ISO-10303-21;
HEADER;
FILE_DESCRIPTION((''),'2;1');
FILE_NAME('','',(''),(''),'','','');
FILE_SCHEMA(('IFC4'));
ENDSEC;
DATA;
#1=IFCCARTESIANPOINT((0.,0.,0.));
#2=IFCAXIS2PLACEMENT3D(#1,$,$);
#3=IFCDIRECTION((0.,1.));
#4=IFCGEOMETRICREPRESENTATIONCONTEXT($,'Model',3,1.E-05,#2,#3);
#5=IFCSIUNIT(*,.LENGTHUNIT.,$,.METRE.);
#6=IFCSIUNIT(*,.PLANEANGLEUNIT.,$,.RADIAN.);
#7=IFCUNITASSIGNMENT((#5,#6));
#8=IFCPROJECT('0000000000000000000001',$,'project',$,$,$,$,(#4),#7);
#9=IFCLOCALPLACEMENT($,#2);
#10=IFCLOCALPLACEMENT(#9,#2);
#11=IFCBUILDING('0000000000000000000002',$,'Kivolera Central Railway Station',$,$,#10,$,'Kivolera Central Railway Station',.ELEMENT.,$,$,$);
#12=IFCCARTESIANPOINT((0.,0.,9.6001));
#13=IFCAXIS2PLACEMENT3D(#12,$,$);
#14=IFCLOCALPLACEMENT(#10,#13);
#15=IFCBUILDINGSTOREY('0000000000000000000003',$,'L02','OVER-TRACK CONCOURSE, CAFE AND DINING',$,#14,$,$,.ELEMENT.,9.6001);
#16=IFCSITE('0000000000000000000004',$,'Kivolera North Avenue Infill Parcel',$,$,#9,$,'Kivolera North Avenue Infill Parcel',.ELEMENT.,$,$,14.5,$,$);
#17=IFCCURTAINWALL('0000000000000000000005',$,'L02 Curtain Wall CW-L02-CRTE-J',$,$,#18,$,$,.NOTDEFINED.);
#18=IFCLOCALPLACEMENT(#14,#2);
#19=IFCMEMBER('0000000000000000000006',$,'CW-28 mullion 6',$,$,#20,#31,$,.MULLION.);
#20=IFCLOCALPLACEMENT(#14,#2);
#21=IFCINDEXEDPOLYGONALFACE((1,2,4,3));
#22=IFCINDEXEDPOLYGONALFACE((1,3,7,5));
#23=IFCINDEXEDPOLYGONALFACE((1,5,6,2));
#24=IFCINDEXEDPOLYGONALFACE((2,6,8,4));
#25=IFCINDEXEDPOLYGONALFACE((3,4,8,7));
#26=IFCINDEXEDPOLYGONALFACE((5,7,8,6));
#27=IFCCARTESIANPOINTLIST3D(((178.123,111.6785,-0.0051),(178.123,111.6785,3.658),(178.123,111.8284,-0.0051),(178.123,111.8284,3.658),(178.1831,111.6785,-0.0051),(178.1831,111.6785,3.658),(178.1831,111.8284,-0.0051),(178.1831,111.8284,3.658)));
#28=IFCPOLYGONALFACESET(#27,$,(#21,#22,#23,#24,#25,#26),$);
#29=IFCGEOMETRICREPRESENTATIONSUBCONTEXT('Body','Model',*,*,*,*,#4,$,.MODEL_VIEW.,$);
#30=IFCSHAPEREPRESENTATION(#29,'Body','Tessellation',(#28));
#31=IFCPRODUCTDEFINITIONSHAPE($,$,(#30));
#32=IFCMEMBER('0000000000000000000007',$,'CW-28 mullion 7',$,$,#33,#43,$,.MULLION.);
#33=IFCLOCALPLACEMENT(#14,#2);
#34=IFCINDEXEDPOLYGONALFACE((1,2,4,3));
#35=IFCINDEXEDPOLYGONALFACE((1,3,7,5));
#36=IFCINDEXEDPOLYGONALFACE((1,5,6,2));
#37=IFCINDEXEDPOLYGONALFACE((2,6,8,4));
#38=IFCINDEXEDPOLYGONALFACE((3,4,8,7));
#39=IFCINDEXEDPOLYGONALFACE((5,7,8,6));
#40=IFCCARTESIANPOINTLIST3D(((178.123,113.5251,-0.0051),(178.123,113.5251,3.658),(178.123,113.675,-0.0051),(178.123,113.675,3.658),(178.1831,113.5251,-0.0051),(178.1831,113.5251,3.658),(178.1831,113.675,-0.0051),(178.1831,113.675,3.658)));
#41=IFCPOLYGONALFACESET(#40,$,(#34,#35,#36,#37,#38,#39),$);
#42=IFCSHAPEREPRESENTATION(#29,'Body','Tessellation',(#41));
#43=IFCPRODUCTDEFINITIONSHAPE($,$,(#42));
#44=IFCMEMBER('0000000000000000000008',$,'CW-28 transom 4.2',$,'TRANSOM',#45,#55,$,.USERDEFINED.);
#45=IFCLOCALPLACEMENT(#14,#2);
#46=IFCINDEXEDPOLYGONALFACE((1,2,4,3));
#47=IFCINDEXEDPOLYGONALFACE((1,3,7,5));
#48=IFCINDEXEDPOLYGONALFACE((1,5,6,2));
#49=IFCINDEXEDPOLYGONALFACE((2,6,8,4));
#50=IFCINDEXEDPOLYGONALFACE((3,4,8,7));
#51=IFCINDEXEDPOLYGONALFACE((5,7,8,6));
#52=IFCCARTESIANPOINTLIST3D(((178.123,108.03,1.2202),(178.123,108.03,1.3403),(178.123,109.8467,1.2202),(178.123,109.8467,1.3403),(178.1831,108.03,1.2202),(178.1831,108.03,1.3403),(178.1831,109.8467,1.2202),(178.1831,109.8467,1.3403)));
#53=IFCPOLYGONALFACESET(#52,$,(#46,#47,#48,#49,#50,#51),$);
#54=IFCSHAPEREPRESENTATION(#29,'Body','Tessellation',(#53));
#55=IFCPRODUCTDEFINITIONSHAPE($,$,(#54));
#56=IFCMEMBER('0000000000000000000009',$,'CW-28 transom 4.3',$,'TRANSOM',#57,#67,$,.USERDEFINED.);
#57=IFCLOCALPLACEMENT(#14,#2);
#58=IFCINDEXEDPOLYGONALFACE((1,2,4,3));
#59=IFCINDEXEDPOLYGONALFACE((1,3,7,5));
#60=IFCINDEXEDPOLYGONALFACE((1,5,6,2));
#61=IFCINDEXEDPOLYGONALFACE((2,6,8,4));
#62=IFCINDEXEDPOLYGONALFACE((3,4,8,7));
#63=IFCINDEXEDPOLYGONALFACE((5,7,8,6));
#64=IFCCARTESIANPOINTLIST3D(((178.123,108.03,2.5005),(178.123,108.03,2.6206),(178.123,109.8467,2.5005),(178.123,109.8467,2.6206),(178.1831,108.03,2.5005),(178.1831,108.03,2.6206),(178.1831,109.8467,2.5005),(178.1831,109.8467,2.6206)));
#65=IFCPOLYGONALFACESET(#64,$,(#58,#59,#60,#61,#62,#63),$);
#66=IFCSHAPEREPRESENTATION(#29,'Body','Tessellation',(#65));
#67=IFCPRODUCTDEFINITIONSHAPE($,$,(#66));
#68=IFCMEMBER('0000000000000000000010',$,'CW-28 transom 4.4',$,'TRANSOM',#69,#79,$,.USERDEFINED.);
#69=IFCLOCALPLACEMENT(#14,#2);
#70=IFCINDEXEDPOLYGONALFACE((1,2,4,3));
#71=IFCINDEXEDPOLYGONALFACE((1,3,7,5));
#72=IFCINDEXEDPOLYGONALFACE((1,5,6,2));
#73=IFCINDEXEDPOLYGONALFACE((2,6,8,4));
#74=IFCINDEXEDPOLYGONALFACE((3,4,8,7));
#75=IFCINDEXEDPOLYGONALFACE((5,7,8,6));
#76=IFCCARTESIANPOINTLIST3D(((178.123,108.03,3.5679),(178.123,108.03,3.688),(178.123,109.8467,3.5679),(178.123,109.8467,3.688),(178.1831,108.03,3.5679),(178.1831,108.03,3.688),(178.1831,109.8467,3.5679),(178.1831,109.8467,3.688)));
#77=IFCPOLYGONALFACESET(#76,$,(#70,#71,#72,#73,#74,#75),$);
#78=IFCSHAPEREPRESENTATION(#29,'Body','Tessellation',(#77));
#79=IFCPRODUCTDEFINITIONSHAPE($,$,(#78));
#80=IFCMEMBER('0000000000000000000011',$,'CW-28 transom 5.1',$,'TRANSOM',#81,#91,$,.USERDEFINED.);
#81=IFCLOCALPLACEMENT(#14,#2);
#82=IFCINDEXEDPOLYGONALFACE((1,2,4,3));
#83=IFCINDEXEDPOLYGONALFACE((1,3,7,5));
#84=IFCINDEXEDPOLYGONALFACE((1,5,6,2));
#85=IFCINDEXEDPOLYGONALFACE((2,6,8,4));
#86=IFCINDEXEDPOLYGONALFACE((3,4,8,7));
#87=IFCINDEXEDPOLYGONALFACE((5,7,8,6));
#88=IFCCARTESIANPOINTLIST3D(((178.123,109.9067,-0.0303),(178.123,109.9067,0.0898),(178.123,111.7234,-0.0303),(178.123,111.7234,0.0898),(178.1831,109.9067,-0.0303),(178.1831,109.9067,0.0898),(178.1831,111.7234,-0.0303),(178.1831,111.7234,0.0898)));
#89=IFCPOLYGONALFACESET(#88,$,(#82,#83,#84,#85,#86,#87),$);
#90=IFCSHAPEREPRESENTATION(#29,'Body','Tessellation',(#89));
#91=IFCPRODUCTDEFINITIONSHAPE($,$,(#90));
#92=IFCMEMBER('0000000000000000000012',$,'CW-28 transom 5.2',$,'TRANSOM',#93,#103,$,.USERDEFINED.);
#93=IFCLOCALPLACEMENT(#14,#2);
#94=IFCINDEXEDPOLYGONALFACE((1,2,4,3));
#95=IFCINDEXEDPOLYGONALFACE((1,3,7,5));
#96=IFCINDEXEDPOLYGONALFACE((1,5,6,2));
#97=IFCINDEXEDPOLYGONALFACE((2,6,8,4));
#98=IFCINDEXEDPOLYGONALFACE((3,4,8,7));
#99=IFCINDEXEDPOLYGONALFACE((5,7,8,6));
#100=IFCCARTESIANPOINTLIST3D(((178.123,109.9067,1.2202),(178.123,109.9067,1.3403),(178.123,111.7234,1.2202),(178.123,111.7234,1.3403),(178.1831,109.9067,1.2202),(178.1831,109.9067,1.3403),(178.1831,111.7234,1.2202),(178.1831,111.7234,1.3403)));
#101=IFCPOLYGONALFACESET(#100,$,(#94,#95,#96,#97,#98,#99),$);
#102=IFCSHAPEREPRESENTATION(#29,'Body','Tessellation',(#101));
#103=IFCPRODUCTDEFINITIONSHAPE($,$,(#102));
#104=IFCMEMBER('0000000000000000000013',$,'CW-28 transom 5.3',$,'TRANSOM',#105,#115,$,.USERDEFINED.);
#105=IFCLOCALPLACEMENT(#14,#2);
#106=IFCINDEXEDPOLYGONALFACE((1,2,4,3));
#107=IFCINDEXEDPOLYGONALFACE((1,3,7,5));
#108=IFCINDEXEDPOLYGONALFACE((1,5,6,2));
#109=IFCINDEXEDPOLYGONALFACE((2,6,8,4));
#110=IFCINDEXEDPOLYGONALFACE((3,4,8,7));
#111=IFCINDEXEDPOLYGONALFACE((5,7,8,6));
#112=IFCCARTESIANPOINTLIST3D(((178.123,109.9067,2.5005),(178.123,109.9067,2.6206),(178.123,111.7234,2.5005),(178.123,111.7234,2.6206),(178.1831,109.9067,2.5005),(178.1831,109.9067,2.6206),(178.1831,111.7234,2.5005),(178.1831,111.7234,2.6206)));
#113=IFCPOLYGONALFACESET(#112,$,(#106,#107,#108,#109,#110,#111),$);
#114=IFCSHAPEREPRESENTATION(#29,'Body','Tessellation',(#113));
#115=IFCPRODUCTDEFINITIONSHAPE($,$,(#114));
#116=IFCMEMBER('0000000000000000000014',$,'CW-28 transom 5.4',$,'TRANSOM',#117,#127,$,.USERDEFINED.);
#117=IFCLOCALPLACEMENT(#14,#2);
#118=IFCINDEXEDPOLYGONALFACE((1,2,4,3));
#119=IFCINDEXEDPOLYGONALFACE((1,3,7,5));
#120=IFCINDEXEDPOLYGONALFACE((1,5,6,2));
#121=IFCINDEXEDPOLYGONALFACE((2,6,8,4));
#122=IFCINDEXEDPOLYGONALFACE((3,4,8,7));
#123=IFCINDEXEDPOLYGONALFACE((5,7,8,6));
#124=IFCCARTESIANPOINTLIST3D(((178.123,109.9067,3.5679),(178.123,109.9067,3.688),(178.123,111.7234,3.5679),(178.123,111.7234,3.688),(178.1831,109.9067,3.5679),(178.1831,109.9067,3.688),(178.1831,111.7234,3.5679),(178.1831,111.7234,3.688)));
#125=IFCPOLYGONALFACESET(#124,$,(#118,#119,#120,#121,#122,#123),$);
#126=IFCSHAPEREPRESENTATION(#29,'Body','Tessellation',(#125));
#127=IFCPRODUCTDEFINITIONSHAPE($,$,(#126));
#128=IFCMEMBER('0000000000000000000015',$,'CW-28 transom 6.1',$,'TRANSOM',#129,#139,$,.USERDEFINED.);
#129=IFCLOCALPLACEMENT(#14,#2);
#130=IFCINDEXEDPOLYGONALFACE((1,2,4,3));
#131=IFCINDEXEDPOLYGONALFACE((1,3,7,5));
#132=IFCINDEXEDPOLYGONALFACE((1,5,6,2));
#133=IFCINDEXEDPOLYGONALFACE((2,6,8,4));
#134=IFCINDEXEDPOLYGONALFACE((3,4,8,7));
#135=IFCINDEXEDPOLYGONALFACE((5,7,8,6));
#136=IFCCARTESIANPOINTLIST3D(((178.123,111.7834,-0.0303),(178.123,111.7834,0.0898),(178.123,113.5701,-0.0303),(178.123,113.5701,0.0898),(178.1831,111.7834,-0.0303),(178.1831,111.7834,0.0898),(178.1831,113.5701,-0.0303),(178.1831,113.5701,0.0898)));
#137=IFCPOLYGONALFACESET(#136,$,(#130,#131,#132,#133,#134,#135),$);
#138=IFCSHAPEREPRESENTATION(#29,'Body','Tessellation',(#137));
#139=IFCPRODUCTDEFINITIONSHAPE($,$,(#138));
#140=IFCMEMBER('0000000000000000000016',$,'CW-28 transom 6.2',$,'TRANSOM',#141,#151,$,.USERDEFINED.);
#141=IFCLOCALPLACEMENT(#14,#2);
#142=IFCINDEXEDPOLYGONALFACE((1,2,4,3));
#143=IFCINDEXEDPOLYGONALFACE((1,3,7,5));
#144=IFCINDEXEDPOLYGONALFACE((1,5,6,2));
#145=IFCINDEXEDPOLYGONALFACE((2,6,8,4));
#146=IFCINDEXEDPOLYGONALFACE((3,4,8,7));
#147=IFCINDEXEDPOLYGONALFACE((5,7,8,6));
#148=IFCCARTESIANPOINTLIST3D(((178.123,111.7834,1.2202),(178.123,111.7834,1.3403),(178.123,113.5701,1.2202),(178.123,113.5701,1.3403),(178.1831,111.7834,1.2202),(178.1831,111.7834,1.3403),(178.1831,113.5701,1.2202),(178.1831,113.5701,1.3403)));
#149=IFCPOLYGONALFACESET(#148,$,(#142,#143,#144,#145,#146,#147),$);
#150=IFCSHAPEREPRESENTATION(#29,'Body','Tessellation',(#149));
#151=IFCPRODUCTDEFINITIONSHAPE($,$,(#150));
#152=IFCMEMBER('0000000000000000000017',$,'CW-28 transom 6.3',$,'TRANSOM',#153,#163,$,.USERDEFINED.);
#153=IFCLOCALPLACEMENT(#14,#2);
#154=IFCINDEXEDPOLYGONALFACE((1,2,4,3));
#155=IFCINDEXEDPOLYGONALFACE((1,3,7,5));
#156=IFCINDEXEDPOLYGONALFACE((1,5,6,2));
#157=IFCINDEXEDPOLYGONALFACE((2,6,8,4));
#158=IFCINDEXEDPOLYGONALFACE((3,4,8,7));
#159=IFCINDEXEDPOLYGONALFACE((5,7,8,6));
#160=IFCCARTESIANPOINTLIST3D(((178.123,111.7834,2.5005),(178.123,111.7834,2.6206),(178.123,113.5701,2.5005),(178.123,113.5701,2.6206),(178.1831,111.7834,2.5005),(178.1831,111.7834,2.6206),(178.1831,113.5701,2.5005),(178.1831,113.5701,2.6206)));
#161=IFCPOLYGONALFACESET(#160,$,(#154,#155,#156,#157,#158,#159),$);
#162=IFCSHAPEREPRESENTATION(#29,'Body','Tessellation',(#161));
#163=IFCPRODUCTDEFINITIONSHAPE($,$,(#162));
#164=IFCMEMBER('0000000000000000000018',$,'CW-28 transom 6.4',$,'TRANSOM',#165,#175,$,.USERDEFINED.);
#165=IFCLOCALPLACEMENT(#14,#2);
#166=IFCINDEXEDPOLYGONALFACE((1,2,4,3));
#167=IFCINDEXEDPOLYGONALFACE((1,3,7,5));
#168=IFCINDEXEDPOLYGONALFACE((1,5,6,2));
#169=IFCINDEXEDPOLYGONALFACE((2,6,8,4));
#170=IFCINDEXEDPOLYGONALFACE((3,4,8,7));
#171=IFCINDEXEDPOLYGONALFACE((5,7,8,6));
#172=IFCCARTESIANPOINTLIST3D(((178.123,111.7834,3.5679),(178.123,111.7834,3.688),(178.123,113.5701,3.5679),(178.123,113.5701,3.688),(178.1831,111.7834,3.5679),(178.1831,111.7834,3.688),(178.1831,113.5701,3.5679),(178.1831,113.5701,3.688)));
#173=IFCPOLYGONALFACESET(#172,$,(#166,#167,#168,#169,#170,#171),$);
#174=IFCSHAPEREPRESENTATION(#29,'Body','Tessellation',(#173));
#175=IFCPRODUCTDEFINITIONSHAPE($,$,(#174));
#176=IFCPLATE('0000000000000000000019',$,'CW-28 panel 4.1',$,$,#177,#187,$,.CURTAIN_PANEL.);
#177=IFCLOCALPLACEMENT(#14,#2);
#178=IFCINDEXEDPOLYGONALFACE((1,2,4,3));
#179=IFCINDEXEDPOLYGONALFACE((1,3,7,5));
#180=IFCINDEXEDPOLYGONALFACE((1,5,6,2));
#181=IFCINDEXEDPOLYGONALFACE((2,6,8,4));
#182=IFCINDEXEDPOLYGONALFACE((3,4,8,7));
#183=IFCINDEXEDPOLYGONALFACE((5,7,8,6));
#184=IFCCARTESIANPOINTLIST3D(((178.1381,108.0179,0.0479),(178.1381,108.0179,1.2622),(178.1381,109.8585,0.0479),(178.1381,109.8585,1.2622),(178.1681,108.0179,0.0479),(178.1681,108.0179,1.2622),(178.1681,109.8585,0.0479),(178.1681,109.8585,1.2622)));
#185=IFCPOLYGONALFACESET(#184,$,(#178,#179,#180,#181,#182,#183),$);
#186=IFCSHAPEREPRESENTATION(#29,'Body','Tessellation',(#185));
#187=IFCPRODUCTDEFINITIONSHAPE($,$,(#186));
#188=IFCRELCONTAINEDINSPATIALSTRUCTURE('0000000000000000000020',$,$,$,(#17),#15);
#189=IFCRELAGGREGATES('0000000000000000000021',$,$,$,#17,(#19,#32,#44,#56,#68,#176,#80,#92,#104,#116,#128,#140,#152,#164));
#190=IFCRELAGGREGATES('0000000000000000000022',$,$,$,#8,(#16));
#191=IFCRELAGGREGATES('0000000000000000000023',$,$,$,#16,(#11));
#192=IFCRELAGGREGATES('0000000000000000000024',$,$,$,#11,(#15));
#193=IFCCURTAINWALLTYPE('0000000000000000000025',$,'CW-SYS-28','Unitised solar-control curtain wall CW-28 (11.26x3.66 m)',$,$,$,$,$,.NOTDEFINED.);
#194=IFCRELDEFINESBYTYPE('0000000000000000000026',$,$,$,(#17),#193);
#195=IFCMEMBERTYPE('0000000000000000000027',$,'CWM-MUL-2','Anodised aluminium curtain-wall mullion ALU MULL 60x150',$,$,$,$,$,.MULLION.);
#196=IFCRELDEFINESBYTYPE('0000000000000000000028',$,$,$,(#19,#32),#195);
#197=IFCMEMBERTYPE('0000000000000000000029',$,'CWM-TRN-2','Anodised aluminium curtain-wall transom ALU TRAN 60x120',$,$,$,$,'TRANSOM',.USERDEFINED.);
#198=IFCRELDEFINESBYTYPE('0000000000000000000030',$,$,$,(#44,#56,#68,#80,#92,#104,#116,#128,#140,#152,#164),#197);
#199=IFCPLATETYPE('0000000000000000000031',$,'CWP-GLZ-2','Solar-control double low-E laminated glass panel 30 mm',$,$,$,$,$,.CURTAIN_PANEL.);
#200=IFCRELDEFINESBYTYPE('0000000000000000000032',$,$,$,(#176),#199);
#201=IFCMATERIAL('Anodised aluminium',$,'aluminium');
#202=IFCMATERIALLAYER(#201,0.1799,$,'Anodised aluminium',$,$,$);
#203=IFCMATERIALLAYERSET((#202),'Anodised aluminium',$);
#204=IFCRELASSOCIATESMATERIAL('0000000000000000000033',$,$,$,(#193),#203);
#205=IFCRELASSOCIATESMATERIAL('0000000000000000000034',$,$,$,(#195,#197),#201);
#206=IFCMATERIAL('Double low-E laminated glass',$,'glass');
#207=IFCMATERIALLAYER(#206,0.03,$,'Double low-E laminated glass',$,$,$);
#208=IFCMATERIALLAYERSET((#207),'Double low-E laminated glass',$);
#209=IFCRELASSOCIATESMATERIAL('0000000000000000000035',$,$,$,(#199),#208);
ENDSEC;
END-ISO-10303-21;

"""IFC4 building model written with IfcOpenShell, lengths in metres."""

from ifc_helpers import new_model, si_unit, direction, frame, origin, origin_2d, place, context, subcontext, project, spatial, rectangle, extrude, material, layer, layer_set, material_profile, profile_set, type_object, element, aggregate, save


model = new_model("IFC4")

# Units and contexts
model_context = context("Model", 3, precision=1e-05, world=origin(), true_north=direction((0.0, 1.0)))
body_context = subcontext(model_context, "Body", "Model", "MODEL_VIEW")
ifc_project = project(units=[si_unit("LENGTHUNIT", "METRE"), si_unit("PLANEANGLEUNIT", "RADIAN")], contexts=[model_context])

# Site, building, storey
site_placement = place(None, origin())
site = spatial("IfcSite", under=ifc_project, at=site_placement, Name="Kivolera North Avenue Infill Parcel", LongName="Kivolera North Avenue Infill Parcel", CompositionType="ELEMENT", RefElevation=14.5)
building_placement = place(site_placement, origin())
building = spatial("IfcBuilding", under=site, at=building_placement, Name="Kivolera Central Railway Station", LongName="Kivolera Central Railway Station", CompositionType="ELEMENT")
storey_placement = place(building_placement, frame((0.0, 0.0, 9.6001)))
storey = spatial("IfcBuildingStorey", under=building, at=storey_placement, Name="L02", Description="OVER-TRACK CONCOURSE, CAFE AND DINING", CompositionType="ELEMENT", Elevation=9.6001)

# Curtain wall, members, plate
ifc_material_1 = material(Name="Anodised aluminium", Category="aluminium")
ifc_layer_1 = layer(ifc_material_1, 0.1799, Name="Anodised aluminium")
ifc_layer_set_1 = layer_set([ifc_layer_1], Name="Anodised aluminium")
curtain_wall_type = type_object("IfcCurtainWallType", Name="CW-SYS-28", Description="Unitised solar-control curtain wall CW-28 (11.26x3.66 m)", PredefinedType="NOTDEFINED", material=ifc_layer_set_1)
curtain_wall_placement = place(storey_placement, origin())
curtain_wall = element("IfcCurtainWall", 1, at=curtain_wall_placement, inside=storey, type_object=curtain_wall_type, Name="L02 Curtain Wall CW-L02-CRTE-J", PredefinedType="NOTDEFINED")
ifc_material_profile_1 = material_profile(ifc_material_1, rectangle(XDim=0.0601, YDim=0.1499, at=origin_2d()), Name="ALU MULL 60x150")
ifc_profile_set_1 = profile_set([ifc_material_profile_1], Name="Anodised aluminium")
member_type_1 = type_object("IfcMemberType", Name="CWM-MUL-2", Description="Anodised aluminium curtain-wall mullion ALU MULL 60x150", PredefinedType="MULLION", material=ifc_profile_set_1)
member_1_placement = place(storey_placement, frame((178.1531, 111.7534, -0.0051), z_axis=(0.0, 0.0, 1.0), x_axis=(-1.0, 0.0, 0.0)))
member_1 = element("IfcMember", 2, at=member_1_placement, type_object=member_type_1, Name="CW-28 mullion 6", PredefinedType="MULLION", context=body_context, shape_type="SweptSolid", body=[
    extrude(rectangle(XDim=0.0601, YDim=0.1499, at=origin_2d()), origin(), (0.0, 0.0, 1.0), 3.6631),
])
member_2_placement = place(storey_placement, frame((178.1531, 113.6001, -0.0051), z_axis=(0.0, 0.0, 1.0), x_axis=(-1.0, 0.0, 0.0)))
member_2 = element("IfcMember", 3, at=member_2_placement, type_object=member_type_1, Name="CW-28 mullion 7", PredefinedType="MULLION", context=body_context, shape_type="SweptSolid", body=[
    extrude(rectangle(XDim=0.0601, YDim=0.1499, at=origin_2d()), origin(), (0.0, 0.0, 1.0), 3.6631),
])
ifc_material_profile_2 = material_profile(ifc_material_1, rectangle(XDim=0.0601, YDim=0.1201, at=origin_2d()), Name="ALU TRAN 60x120")
ifc_profile_set_2 = profile_set([ifc_material_profile_2], Name="Anodised aluminium")
member_type_2 = type_object("IfcMemberType", Name="CWM-TRN-2", Description="Anodised aluminium curtain-wall transom ALU TRAN 60x120", ElementType="TRANSOM", PredefinedType="USERDEFINED", material=ifc_profile_set_2)
member_3_placement = place(storey_placement, frame((178.1531, 108.03, 1.2803), z_axis=(0.0, 1.0, 0.0), x_axis=(-1.0, 0.0, 0.0)))
member_3 = element("IfcMember", 4, at=member_3_placement, type_object=member_type_2, Name="CW-28 transom 4.2", ObjectType="TRANSOM", PredefinedType="USERDEFINED", context=body_context, shape_type="SweptSolid", body=[
    extrude(rectangle(XDim=0.0601, YDim=0.1201, at=origin_2d()), origin(), (0.0, 0.0, 1.0), 1.8167),
])
member_4_placement = place(storey_placement, frame((178.1531, 108.03, 2.5605), z_axis=(0.0, 1.0, 0.0), x_axis=(-1.0, 0.0, 0.0)))
member_4 = element("IfcMember", 5, at=member_4_placement, type_object=member_type_2, Name="CW-28 transom 4.3", ObjectType="TRANSOM", PredefinedType="USERDEFINED", context=body_context, shape_type="SweptSolid", body=[
    extrude(rectangle(XDim=0.0601, YDim=0.1201, at=origin_2d()), origin(), (0.0, 0.0, 1.0), 1.8167),
])
member_5_placement = place(storey_placement, frame((178.1531, 108.03, 3.6279), z_axis=(0.0, 1.0, 0.0), x_axis=(-1.0, 0.0, 0.0)))
member_5 = element("IfcMember", 6, at=member_5_placement, type_object=member_type_2, Name="CW-28 transom 4.4", ObjectType="TRANSOM", PredefinedType="USERDEFINED", context=body_context, shape_type="SweptSolid", body=[
    extrude(rectangle(XDim=0.0601, YDim=0.1201, at=origin_2d()), origin(), (0.0, 0.0, 1.0), 1.8167),
])
member_6_placement = place(storey_placement, frame((178.1531, 109.9067, 0.0298), z_axis=(0.0, 1.0, 0.0), x_axis=(-1.0, 0.0, 0.0)))
member_6 = element("IfcMember", 7, at=member_6_placement, type_object=member_type_2, Name="CW-28 transom 5.1", ObjectType="TRANSOM", PredefinedType="USERDEFINED", context=body_context, shape_type="SweptSolid", body=[
    extrude(rectangle(XDim=0.0601, YDim=0.1201, at=origin_2d()), origin(), (0.0, 0.0, 1.0), 1.8167),
])
member_7_placement = place(storey_placement, frame((178.1531, 109.9067, 1.2803), z_axis=(0.0, 1.0, 0.0), x_axis=(-1.0, 0.0, 0.0)))
member_7 = element("IfcMember", 8, at=member_7_placement, type_object=member_type_2, Name="CW-28 transom 5.2", ObjectType="TRANSOM", PredefinedType="USERDEFINED", context=body_context, shape_type="SweptSolid", body=[
    extrude(rectangle(XDim=0.0601, YDim=0.1201, at=origin_2d()), origin(), (0.0, 0.0, 1.0), 1.8167),
])
member_8_placement = place(storey_placement, frame((178.1531, 109.9067, 2.5605), z_axis=(0.0, 1.0, 0.0), x_axis=(-1.0, 0.0, 0.0)))
member_8 = element("IfcMember", 9, at=member_8_placement, type_object=member_type_2, Name="CW-28 transom 5.3", ObjectType="TRANSOM", PredefinedType="USERDEFINED", context=body_context, shape_type="SweptSolid", body=[
    extrude(rectangle(XDim=0.0601, YDim=0.1201, at=origin_2d()), origin(), (0.0, 0.0, 1.0), 1.8167),
])
member_9_placement = place(storey_placement, frame((178.1531, 109.9067, 3.6279), z_axis=(0.0, 1.0, 0.0), x_axis=(-1.0, 0.0, 0.0)))
member_9 = element("IfcMember", 10, at=member_9_placement, type_object=member_type_2, Name="CW-28 transom 5.4", ObjectType="TRANSOM", PredefinedType="USERDEFINED", context=body_context, shape_type="SweptSolid", body=[
    extrude(rectangle(XDim=0.0601, YDim=0.1201, at=origin_2d()), origin(), (0.0, 0.0, 1.0), 1.8167),
])
member_10_placement = place(storey_placement, frame((178.1531, 111.7834, 0.0298), z_axis=(0.0, 1.0, 0.0), x_axis=(-1.0, 0.0, 0.0)))
member_10 = element("IfcMember", 11, at=member_10_placement, type_object=member_type_2, Name="CW-28 transom 6.1", ObjectType="TRANSOM", PredefinedType="USERDEFINED", context=body_context, shape_type="SweptSolid", body=[
    extrude(rectangle(XDim=0.0601, YDim=0.1201, at=origin_2d()), origin(), (0.0, 0.0, 1.0), 1.7866),
])
member_11_placement = place(storey_placement, frame((178.1531, 111.7834, 1.2803), z_axis=(0.0, 1.0, 0.0), x_axis=(-1.0, 0.0, 0.0)))
member_11 = element("IfcMember", 12, at=member_11_placement, type_object=member_type_2, Name="CW-28 transom 6.2", ObjectType="TRANSOM", PredefinedType="USERDEFINED", context=body_context, shape_type="SweptSolid", body=[
    extrude(rectangle(XDim=0.0601, YDim=0.1201, at=origin_2d()), origin(), (0.0, 0.0, 1.0), 1.7866),
])
member_12_placement = place(storey_placement, frame((178.1531, 111.7834, 2.5605), z_axis=(0.0, 1.0, 0.0), x_axis=(-1.0, 0.0, 0.0)))
member_12 = element("IfcMember", 13, at=member_12_placement, type_object=member_type_2, Name="CW-28 transom 6.3", ObjectType="TRANSOM", PredefinedType="USERDEFINED", context=body_context, shape_type="SweptSolid", body=[
    extrude(rectangle(XDim=0.0601, YDim=0.1201, at=origin_2d()), origin(), (0.0, 0.0, 1.0), 1.7866),
])
member_13_placement = place(storey_placement, frame((178.1531, 111.7834, 3.6279), z_axis=(0.0, 1.0, 0.0), x_axis=(-1.0, 0.0, 0.0)))
member_13 = element("IfcMember", 14, at=member_13_placement, type_object=member_type_2, Name="CW-28 transom 6.4", ObjectType="TRANSOM", PredefinedType="USERDEFINED", context=body_context, shape_type="SweptSolid", body=[
    extrude(rectangle(XDim=0.0601, YDim=0.1201, at=origin_2d()), origin(), (0.0, 0.0, 1.0), 1.7866),
])
ifc_material_2 = material(Name="Double low-E laminated glass", Category="glass")
ifc_layer_2 = layer(ifc_material_2, 0.03, Name="Double low-E laminated glass")
ifc_layer_set_2 = layer_set([ifc_layer_2], Name="Double low-E laminated glass")
plate_type = type_object("IfcPlateType", Name="CWP-GLZ-2", Description="Solar-control double low-E laminated glass panel 30 mm", PredefinedType="CURTAIN_PANEL", material=ifc_layer_set_2)
plate_1_placement = place(storey_placement, frame((178.1531, 108.9382, 0.0479), z_axis=(0.0, 0.0, 1.0), x_axis=(0.0, 1.0, 0.0)))
plate_1 = element("IfcPlate", 15, at=plate_1_placement, type_object=plate_type, Name="CW-28 panel 4.1", PredefinedType="CURTAIN_PANEL", context=body_context, shape_type="SweptSolid", body=[
    extrude(rectangle(XDim=1.8406, YDim=0.03, at=origin_2d()), origin(), (0.0, 0.0, 1.0), 1.2144),
])
aggregate(curtain_wall, [member_1, member_2, member_3, member_4, member_5, plate_1, member_6, member_7, member_8, member_9, member_10, member_11, member_12, member_13])

save(model, "model.ifc")
